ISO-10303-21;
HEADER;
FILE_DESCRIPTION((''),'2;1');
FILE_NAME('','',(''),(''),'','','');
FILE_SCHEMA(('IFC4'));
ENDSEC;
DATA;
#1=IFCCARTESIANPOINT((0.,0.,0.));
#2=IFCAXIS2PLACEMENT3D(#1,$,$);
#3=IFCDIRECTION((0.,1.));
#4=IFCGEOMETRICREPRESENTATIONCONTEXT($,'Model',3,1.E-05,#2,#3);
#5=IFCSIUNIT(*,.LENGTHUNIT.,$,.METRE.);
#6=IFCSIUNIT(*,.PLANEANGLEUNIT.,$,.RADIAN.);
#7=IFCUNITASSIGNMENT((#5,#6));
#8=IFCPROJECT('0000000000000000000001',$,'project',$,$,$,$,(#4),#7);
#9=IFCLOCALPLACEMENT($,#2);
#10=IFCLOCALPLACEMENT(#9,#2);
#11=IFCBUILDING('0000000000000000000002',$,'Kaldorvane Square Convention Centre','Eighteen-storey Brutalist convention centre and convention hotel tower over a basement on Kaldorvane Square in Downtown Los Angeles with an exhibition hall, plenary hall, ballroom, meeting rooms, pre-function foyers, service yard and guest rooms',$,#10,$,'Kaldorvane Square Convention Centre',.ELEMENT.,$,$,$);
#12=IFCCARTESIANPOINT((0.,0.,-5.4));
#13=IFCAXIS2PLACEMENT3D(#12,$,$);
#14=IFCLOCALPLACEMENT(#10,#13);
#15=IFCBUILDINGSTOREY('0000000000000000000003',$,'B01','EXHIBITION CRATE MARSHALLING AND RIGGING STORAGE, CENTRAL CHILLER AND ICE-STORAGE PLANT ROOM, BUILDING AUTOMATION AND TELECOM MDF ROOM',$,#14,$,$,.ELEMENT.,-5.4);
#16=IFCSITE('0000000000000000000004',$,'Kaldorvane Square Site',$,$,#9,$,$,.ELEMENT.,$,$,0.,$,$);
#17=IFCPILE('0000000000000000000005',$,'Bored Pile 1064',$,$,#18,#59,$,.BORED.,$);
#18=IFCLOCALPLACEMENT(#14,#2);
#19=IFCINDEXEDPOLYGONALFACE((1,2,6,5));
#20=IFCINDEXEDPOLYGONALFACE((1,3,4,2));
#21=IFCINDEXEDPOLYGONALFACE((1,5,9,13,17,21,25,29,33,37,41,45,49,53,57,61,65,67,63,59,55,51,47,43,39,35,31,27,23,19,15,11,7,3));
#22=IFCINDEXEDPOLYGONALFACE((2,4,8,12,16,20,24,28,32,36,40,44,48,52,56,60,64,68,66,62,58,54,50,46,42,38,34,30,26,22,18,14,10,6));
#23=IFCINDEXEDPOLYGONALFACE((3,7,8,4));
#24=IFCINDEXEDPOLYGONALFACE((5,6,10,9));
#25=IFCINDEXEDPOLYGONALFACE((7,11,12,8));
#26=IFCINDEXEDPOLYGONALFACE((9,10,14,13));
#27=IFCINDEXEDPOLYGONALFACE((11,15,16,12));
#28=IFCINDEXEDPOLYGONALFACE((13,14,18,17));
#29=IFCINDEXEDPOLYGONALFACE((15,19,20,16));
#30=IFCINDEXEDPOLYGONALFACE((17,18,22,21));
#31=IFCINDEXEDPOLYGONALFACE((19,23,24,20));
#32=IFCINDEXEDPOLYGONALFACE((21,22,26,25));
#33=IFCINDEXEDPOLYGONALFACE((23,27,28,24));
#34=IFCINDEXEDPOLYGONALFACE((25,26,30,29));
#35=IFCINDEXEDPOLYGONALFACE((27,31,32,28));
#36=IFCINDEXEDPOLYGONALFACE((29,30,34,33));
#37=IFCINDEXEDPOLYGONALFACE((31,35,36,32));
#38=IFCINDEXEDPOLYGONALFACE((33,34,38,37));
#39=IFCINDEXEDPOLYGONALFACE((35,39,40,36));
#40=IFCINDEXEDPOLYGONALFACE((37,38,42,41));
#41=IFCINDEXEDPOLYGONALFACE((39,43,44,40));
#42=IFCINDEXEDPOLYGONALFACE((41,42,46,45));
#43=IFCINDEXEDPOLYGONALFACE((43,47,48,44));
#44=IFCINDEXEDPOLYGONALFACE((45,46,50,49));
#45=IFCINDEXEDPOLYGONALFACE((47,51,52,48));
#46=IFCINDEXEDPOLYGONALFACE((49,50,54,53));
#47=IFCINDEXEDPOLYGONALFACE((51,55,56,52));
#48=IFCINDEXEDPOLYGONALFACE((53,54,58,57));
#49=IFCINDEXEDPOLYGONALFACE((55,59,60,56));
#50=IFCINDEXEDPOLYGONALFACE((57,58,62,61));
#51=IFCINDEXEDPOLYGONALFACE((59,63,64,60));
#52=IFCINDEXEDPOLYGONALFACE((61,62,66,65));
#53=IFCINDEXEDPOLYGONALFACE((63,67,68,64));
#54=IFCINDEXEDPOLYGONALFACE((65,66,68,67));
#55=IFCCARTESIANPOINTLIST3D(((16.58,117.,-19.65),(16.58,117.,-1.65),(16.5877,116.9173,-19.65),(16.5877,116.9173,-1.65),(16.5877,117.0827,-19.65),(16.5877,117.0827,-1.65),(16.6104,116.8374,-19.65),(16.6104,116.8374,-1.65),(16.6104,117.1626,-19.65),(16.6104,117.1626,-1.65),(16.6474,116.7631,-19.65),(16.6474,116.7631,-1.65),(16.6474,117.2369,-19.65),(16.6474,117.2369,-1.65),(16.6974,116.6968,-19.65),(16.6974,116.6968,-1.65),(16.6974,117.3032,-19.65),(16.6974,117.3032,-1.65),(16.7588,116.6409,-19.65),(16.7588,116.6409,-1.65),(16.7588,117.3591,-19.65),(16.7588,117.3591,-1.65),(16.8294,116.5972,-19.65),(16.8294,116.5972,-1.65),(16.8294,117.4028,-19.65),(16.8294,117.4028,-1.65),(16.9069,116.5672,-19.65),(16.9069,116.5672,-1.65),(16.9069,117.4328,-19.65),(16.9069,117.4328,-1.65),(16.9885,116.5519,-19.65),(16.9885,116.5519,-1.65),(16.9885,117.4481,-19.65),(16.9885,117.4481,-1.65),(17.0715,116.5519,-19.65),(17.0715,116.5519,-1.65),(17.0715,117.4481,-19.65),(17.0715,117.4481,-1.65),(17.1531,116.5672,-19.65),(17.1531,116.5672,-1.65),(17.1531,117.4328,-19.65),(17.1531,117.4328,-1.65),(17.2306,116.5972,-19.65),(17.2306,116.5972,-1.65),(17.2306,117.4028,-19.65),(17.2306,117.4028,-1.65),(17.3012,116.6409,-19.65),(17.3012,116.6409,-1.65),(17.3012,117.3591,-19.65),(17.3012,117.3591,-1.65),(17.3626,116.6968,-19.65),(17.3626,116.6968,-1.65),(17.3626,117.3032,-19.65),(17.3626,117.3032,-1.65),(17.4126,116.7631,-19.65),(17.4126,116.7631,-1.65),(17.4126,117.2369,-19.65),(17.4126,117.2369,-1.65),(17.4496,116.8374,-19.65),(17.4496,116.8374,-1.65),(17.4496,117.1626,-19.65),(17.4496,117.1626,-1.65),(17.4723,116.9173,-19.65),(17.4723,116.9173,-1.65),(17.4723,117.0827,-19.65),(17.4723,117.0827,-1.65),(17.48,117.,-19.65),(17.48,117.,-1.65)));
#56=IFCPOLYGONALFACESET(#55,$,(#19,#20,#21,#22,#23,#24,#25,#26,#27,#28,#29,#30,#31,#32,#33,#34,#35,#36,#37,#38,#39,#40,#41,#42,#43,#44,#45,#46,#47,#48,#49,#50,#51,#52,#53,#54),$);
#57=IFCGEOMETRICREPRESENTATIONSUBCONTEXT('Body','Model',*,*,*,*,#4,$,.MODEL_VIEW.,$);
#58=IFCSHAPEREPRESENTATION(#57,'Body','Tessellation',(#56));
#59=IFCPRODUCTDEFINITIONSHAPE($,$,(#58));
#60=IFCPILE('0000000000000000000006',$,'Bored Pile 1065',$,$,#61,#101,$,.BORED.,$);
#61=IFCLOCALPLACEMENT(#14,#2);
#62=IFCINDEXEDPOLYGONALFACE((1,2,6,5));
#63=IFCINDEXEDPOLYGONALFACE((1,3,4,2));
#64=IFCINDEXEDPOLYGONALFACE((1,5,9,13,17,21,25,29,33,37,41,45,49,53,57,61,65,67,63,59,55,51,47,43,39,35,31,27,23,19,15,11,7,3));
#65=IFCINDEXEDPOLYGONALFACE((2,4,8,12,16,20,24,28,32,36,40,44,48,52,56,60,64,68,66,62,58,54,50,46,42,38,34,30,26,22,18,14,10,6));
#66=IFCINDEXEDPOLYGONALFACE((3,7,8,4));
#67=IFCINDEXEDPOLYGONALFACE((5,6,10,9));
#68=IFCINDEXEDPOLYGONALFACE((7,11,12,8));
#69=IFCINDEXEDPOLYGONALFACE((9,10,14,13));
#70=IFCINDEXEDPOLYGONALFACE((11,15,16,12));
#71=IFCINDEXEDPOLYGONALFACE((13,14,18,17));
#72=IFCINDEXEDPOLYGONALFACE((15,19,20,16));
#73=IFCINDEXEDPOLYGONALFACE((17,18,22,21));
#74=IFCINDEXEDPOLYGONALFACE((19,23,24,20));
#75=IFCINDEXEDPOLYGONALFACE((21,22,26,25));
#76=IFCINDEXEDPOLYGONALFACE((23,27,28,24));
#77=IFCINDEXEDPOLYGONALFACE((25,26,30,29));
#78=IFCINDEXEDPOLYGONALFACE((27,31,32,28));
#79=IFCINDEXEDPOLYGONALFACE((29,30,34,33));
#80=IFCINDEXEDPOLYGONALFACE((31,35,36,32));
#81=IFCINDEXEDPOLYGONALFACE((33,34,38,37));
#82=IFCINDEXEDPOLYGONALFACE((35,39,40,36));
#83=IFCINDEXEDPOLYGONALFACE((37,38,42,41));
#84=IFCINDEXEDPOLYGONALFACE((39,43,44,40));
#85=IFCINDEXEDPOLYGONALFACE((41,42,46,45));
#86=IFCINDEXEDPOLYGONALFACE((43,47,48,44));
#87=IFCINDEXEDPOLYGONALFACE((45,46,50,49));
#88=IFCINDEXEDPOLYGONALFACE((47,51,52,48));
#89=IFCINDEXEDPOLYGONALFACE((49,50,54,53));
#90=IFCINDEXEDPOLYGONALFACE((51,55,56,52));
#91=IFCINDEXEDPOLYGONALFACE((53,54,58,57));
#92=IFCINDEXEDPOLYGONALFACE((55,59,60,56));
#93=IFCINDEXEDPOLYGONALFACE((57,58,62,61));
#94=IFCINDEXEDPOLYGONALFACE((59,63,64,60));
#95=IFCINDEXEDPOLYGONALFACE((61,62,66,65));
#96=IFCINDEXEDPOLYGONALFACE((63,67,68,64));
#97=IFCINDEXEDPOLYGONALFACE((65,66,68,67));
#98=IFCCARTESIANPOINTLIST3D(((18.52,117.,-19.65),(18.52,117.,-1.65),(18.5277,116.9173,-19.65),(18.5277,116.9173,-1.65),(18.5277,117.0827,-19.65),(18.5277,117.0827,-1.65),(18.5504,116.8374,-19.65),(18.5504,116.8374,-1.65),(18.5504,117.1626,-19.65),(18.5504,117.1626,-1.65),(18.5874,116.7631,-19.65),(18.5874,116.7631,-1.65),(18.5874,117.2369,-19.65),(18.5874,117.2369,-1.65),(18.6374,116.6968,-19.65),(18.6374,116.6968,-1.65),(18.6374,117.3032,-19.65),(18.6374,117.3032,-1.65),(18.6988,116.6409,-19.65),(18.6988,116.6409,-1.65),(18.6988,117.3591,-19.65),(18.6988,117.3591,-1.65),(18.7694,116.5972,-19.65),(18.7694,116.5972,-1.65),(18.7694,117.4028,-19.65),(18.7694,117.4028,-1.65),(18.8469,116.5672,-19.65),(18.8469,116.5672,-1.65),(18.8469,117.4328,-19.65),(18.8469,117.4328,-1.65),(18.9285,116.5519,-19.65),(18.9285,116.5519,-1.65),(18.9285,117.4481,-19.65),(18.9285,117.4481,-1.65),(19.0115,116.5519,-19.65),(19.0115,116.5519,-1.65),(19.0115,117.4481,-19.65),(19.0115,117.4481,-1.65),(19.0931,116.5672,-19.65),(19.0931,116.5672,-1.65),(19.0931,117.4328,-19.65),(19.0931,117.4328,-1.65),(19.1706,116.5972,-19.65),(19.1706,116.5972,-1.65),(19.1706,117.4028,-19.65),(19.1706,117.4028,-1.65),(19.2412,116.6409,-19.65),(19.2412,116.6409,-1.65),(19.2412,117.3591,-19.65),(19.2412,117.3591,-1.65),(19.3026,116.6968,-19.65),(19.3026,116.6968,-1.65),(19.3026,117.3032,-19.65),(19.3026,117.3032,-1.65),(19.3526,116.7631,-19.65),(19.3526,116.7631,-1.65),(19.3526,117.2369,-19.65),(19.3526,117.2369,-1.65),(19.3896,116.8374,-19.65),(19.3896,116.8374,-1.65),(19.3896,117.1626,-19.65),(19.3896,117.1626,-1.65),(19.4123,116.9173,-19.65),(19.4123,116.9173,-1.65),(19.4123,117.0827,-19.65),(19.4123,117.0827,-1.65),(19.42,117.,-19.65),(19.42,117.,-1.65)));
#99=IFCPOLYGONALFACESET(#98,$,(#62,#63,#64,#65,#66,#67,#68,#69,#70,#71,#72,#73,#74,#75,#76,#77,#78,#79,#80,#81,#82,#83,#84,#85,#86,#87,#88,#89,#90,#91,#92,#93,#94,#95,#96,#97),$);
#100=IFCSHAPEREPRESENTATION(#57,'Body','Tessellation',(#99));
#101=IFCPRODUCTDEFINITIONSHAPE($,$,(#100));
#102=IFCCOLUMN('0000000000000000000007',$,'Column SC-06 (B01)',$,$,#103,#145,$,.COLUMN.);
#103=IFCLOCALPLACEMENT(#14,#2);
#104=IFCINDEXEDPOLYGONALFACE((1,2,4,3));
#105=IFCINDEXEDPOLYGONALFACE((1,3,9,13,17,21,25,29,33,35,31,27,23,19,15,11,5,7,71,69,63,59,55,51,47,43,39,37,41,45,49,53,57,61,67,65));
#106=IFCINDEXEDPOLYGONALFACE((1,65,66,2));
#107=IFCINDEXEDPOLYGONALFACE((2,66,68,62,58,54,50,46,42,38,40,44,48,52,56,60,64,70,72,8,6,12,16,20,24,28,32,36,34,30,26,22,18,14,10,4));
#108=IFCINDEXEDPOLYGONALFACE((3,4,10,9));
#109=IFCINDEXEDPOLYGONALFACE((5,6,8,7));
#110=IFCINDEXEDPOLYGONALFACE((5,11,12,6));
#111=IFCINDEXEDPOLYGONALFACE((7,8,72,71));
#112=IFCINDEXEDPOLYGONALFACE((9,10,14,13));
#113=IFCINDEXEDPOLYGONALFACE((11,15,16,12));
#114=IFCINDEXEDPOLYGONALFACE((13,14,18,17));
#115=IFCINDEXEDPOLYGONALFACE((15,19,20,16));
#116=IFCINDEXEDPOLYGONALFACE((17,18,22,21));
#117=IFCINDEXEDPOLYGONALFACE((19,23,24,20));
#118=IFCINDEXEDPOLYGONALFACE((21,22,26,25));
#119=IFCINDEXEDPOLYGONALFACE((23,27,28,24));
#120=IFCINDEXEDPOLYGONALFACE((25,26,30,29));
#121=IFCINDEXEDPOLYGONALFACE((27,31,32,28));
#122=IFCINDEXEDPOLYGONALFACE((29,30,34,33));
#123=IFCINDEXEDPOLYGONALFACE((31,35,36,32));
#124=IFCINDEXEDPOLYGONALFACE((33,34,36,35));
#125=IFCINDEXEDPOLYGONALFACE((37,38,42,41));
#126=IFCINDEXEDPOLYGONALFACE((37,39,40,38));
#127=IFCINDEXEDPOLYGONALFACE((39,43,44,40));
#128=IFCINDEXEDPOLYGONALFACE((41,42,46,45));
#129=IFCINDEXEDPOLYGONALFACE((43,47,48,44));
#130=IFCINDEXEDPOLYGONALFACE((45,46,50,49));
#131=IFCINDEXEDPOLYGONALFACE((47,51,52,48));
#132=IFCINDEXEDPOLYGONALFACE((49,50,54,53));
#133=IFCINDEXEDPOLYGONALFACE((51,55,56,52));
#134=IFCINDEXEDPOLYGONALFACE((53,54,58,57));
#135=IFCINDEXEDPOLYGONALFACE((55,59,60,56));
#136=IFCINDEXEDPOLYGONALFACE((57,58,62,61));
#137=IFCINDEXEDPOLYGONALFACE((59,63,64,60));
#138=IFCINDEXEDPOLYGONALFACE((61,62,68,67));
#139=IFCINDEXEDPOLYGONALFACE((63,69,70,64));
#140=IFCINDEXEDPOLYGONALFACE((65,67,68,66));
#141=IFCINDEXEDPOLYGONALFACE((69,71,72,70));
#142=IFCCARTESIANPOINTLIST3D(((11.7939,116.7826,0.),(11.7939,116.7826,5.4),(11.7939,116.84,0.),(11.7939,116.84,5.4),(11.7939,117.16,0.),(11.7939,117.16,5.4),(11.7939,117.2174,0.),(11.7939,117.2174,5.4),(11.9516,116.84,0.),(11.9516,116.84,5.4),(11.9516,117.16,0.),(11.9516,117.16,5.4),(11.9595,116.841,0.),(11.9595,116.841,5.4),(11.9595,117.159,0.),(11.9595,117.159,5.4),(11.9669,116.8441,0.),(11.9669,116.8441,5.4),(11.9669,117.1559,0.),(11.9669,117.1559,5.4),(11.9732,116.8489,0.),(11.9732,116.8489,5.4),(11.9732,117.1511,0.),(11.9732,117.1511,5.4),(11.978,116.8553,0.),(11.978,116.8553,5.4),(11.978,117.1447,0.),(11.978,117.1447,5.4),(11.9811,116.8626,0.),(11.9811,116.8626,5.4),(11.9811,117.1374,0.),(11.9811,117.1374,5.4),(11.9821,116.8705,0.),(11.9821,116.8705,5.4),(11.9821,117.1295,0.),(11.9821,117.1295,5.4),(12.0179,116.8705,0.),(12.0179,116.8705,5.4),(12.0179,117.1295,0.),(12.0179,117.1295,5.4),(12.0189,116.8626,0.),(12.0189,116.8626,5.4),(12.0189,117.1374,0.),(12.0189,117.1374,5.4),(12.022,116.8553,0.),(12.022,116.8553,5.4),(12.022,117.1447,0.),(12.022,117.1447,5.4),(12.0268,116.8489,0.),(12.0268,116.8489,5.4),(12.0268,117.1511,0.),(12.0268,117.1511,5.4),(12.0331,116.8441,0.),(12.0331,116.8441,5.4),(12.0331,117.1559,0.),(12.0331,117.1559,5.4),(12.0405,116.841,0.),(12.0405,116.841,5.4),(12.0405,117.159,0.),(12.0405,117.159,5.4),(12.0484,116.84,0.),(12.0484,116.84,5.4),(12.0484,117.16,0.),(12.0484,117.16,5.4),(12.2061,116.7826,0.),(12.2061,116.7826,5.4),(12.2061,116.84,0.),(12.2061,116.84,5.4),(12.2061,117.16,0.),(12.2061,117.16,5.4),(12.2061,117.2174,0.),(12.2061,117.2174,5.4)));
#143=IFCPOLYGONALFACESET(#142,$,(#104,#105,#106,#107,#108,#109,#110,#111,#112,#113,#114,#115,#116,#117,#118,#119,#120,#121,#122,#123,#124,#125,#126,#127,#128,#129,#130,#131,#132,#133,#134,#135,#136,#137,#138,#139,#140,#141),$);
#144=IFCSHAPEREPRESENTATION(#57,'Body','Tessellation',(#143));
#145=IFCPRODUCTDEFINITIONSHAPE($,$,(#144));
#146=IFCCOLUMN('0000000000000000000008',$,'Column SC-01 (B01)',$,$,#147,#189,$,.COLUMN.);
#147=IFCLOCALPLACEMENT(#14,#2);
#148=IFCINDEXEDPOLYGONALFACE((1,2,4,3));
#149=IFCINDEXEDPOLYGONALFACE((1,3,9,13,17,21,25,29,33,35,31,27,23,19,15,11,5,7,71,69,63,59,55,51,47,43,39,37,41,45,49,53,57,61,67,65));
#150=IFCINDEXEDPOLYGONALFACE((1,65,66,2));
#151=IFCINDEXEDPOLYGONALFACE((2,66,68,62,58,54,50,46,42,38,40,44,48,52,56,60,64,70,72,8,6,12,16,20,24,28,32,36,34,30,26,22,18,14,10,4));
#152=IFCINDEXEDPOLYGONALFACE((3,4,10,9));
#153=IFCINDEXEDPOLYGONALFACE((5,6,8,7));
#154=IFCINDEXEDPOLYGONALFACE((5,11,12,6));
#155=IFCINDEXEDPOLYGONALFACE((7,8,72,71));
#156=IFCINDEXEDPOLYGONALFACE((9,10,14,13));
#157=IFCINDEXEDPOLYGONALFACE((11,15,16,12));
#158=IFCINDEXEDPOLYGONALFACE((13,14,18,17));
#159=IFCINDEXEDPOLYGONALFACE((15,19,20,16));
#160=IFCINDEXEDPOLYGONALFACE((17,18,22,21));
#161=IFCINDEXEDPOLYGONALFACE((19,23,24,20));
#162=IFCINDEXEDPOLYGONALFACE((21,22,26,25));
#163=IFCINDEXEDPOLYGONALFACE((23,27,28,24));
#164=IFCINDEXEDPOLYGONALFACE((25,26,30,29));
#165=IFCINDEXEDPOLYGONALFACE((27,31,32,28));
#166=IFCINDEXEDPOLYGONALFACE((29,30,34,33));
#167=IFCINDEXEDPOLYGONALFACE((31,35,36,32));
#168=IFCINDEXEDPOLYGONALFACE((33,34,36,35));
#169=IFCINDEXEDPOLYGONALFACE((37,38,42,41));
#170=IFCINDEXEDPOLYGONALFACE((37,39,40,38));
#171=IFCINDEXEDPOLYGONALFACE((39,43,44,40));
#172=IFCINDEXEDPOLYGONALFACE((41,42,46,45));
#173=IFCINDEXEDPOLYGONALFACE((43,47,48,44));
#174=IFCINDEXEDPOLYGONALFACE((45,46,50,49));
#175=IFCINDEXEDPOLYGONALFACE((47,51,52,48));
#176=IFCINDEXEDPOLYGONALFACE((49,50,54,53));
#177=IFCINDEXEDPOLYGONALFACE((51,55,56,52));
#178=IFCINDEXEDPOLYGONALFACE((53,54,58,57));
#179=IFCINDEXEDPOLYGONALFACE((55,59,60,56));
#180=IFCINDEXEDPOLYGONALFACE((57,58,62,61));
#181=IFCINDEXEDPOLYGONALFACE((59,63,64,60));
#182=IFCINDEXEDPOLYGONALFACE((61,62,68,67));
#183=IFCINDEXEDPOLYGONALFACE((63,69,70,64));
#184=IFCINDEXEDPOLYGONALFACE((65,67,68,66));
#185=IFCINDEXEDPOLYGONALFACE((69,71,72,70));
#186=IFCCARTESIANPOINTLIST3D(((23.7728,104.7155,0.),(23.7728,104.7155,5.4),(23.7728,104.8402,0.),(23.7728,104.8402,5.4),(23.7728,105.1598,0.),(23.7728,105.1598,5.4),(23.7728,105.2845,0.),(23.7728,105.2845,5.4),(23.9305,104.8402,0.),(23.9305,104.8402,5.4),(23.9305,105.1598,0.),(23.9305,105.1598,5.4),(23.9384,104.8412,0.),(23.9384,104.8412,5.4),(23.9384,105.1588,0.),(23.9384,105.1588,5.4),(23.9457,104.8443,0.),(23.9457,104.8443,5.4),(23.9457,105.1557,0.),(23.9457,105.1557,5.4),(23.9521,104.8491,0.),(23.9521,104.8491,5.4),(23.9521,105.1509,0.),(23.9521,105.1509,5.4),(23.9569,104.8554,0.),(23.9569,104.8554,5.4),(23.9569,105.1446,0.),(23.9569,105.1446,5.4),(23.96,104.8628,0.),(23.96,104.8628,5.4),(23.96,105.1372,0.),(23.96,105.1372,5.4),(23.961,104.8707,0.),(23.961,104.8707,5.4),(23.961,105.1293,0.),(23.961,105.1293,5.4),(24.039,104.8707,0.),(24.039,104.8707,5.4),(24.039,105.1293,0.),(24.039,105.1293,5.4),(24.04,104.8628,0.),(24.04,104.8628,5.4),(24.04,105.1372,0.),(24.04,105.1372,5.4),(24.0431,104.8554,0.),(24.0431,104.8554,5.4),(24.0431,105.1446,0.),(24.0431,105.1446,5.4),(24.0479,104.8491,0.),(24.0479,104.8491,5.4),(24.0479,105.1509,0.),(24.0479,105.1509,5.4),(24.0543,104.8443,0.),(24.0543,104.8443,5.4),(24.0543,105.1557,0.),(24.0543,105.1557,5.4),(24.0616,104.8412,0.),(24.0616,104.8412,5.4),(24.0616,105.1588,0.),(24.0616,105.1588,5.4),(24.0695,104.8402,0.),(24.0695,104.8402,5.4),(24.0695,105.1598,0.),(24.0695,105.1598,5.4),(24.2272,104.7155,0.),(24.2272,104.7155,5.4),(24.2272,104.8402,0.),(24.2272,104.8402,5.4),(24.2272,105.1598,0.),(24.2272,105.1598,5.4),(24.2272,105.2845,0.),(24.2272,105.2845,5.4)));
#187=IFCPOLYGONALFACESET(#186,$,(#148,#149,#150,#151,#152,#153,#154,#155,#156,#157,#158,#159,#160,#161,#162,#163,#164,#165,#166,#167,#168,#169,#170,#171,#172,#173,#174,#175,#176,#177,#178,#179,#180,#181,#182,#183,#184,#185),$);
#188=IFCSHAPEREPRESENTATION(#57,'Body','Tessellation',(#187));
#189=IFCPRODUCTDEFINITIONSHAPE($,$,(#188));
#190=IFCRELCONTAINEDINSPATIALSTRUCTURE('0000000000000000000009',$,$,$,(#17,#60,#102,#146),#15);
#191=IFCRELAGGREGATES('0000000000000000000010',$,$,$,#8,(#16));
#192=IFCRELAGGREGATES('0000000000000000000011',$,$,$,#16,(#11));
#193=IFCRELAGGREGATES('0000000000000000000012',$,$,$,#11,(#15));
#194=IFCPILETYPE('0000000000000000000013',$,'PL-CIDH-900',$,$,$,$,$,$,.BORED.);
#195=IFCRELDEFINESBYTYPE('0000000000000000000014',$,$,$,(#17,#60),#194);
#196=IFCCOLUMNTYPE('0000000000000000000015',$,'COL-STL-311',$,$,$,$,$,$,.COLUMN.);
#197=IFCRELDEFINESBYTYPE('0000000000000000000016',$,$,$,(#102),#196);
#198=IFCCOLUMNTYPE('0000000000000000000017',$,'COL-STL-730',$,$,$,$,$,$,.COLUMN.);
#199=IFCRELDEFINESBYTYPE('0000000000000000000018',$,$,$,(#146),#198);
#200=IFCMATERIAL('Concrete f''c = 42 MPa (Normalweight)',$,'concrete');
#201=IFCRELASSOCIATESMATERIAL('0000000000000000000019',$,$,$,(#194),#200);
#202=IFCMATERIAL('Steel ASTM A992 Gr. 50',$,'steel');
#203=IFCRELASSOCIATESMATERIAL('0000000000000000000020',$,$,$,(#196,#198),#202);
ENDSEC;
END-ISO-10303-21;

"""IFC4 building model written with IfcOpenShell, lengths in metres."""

from ifc_helpers import new_model, si_unit, direction, frame, origin, origin_2d, place, context, subcontext, project, spatial, circle, i_section, extrude, material, material_profile, profile_set, type_object, element, save


model = new_model("IFC4")

# Units and contexts
model_context = context("Model", 3, precision=1e-05, world=origin(), true_north=direction((0.0, 1.0)))
body_context = subcontext(model_context, "Body", "Model", "MODEL_VIEW")
ifc_project = project(units=[si_unit("LENGTHUNIT", "METRE"), si_unit("PLANEANGLEUNIT", "RADIAN")], contexts=[model_context])

# Site, building, storey
site_placement = place(None, origin())
site = spatial("IfcSite", under=ifc_project, at=site_placement, Name="Kaldorvane Square Site", CompositionType="ELEMENT", RefElevation=0.0)
building_placement = place(site_placement, origin())
building = spatial("IfcBuilding", under=site, at=building_placement, Name="Kaldorvane Square Convention Centre", Description="Eighteen-storey Brutalist convention centre and convention hotel tower over a basement on Kaldorvane Square in Downtown Los Angeles with an exhibition hall, plenary hall, ballroom, meeting rooms, pre-function foyers, service yard and guest rooms", LongName="Kaldorvane Square Convention Centre", CompositionType="ELEMENT")
storey_placement = place(building_placement, frame((0.0, 0.0, -5.4)))
storey = spatial("IfcBuildingStorey", under=building, at=storey_placement, Name="B01", Description="EXHIBITION CRATE MARSHALLING AND RIGGING STORAGE, CENTRAL CHILLER AND ICE-STORAGE PLANT ROOM, BUILDING AUTOMATION AND TELECOM MDF ROOM", CompositionType="ELEMENT", Elevation=-5.4)

# Shared definitions
ifc_material_1 = material(Name="Concrete f'c = 42 MPa (Normalweight)", Category="concrete")

# Piles
ifc_material_profile_1 = material_profile(ifc_material_1, circle(Radius=0.45, at=origin_2d()), Name="PILE-D900")
ifc_profile_set_1 = profile_set([ifc_material_profile_1], Name="Concrete f'c = 42 MPa (Normalweight)")
pile_type_1 = type_object("IfcPileType", Name="PL-CIDH-900", PredefinedType="BORED", material=ifc_profile_set_1)
for number, where, z_axis, x_axis, name in (
    (1, (17.03, 117.0, -1.65), (0.0, 0.0, -1.0), (1.0, 0.0, 0.0), "Bored Pile 1064"),
    (2, (18.97, 117.0, -1.65), (0.0, 0.0, -1.0), (1.0, 0.0, 0.0), "Bored Pile 1065"),
):
    element("IfcPile", number, at=place(storey_placement, frame(where, z_axis=z_axis, x_axis=x_axis)), inside=storey, type_object=pile_type_1, Name=name, PredefinedType="BORED", context=body_context, shape_type="SweptSolid", body=[
        extrude(circle(Radius=0.45, at=origin_2d()), origin(), (0.0, 0.0, 1.0), 18.0),
    ])

# Columns
ifc_material_2 = material(Name="Steel ASTM A992 Gr. 50", Category="steel")
ifc_material_profile_2 = material_profile(ifc_material_2, i_section(OverallWidth=0.4122, OverallDepth=0.4348, WebThickness=0.0358, FlangeThickness=0.0574, FilletRadius=0.0305, at=origin_2d()), Name="W14X311")
ifc_profile_set_2 = profile_set([ifc_material_profile_2], Name="Steel ASTM A992 Gr. 50")
column_type_1 = type_object("IfcColumnType", Name="COL-STL-311", PredefinedType="COLUMN", material=ifc_profile_set_2)
column_1_placement = place(storey_placement, frame((12.0, 117.0, 0.0), z_axis=(0.0, 0.0, 1.0), x_axis=(1.0, 0.0, 0.0)))
element("IfcColumn", 3, at=column_1_placement, inside=storey, type_object=column_type_1, Name="Column SC-06 (B01)", PredefinedType="COLUMN", context=body_context, shape_type="SweptSolid", body=[
    extrude(i_section(OverallWidth=0.4122, OverallDepth=0.4348, WebThickness=0.0358, FlangeThickness=0.0574, FilletRadius=0.0305, at=origin_2d()), origin(), (0.0, 0.0, 1.0), 5.4),
])
ifc_material_profile_3 = material_profile(ifc_material_2, i_section(OverallWidth=0.4544, OverallDepth=0.569, WebThickness=0.078, FlangeThickness=0.1247, FilletRadius=0.0305, at=origin_2d()), Name="W14X730")
ifc_profile_set_3 = profile_set([ifc_material_profile_3], Name="Steel ASTM A992 Gr. 50")
column_type_2 = type_object("IfcColumnType", Name="COL-STL-730", PredefinedType="COLUMN", material=ifc_profile_set_3)
column_2_placement = place(storey_placement, frame((24.0, 105.0, 0.0), z_axis=(0.0, 0.0, 1.0), x_axis=(1.0, 0.0, 0.0)))
element("IfcColumn", 4, at=column_2_placement, inside=storey, type_object=column_type_2, Name="Column SC-01 (B01)", PredefinedType="COLUMN", context=body_context, shape_type="SweptSolid", body=[
    extrude(i_section(OverallWidth=0.4544, OverallDepth=0.569, WebThickness=0.078, FlangeThickness=0.1247, FilletRadius=0.0305, at=origin_2d()), origin(), (0.0, 0.0, 1.0), 5.4),
])

save(model, "model.ifc")
